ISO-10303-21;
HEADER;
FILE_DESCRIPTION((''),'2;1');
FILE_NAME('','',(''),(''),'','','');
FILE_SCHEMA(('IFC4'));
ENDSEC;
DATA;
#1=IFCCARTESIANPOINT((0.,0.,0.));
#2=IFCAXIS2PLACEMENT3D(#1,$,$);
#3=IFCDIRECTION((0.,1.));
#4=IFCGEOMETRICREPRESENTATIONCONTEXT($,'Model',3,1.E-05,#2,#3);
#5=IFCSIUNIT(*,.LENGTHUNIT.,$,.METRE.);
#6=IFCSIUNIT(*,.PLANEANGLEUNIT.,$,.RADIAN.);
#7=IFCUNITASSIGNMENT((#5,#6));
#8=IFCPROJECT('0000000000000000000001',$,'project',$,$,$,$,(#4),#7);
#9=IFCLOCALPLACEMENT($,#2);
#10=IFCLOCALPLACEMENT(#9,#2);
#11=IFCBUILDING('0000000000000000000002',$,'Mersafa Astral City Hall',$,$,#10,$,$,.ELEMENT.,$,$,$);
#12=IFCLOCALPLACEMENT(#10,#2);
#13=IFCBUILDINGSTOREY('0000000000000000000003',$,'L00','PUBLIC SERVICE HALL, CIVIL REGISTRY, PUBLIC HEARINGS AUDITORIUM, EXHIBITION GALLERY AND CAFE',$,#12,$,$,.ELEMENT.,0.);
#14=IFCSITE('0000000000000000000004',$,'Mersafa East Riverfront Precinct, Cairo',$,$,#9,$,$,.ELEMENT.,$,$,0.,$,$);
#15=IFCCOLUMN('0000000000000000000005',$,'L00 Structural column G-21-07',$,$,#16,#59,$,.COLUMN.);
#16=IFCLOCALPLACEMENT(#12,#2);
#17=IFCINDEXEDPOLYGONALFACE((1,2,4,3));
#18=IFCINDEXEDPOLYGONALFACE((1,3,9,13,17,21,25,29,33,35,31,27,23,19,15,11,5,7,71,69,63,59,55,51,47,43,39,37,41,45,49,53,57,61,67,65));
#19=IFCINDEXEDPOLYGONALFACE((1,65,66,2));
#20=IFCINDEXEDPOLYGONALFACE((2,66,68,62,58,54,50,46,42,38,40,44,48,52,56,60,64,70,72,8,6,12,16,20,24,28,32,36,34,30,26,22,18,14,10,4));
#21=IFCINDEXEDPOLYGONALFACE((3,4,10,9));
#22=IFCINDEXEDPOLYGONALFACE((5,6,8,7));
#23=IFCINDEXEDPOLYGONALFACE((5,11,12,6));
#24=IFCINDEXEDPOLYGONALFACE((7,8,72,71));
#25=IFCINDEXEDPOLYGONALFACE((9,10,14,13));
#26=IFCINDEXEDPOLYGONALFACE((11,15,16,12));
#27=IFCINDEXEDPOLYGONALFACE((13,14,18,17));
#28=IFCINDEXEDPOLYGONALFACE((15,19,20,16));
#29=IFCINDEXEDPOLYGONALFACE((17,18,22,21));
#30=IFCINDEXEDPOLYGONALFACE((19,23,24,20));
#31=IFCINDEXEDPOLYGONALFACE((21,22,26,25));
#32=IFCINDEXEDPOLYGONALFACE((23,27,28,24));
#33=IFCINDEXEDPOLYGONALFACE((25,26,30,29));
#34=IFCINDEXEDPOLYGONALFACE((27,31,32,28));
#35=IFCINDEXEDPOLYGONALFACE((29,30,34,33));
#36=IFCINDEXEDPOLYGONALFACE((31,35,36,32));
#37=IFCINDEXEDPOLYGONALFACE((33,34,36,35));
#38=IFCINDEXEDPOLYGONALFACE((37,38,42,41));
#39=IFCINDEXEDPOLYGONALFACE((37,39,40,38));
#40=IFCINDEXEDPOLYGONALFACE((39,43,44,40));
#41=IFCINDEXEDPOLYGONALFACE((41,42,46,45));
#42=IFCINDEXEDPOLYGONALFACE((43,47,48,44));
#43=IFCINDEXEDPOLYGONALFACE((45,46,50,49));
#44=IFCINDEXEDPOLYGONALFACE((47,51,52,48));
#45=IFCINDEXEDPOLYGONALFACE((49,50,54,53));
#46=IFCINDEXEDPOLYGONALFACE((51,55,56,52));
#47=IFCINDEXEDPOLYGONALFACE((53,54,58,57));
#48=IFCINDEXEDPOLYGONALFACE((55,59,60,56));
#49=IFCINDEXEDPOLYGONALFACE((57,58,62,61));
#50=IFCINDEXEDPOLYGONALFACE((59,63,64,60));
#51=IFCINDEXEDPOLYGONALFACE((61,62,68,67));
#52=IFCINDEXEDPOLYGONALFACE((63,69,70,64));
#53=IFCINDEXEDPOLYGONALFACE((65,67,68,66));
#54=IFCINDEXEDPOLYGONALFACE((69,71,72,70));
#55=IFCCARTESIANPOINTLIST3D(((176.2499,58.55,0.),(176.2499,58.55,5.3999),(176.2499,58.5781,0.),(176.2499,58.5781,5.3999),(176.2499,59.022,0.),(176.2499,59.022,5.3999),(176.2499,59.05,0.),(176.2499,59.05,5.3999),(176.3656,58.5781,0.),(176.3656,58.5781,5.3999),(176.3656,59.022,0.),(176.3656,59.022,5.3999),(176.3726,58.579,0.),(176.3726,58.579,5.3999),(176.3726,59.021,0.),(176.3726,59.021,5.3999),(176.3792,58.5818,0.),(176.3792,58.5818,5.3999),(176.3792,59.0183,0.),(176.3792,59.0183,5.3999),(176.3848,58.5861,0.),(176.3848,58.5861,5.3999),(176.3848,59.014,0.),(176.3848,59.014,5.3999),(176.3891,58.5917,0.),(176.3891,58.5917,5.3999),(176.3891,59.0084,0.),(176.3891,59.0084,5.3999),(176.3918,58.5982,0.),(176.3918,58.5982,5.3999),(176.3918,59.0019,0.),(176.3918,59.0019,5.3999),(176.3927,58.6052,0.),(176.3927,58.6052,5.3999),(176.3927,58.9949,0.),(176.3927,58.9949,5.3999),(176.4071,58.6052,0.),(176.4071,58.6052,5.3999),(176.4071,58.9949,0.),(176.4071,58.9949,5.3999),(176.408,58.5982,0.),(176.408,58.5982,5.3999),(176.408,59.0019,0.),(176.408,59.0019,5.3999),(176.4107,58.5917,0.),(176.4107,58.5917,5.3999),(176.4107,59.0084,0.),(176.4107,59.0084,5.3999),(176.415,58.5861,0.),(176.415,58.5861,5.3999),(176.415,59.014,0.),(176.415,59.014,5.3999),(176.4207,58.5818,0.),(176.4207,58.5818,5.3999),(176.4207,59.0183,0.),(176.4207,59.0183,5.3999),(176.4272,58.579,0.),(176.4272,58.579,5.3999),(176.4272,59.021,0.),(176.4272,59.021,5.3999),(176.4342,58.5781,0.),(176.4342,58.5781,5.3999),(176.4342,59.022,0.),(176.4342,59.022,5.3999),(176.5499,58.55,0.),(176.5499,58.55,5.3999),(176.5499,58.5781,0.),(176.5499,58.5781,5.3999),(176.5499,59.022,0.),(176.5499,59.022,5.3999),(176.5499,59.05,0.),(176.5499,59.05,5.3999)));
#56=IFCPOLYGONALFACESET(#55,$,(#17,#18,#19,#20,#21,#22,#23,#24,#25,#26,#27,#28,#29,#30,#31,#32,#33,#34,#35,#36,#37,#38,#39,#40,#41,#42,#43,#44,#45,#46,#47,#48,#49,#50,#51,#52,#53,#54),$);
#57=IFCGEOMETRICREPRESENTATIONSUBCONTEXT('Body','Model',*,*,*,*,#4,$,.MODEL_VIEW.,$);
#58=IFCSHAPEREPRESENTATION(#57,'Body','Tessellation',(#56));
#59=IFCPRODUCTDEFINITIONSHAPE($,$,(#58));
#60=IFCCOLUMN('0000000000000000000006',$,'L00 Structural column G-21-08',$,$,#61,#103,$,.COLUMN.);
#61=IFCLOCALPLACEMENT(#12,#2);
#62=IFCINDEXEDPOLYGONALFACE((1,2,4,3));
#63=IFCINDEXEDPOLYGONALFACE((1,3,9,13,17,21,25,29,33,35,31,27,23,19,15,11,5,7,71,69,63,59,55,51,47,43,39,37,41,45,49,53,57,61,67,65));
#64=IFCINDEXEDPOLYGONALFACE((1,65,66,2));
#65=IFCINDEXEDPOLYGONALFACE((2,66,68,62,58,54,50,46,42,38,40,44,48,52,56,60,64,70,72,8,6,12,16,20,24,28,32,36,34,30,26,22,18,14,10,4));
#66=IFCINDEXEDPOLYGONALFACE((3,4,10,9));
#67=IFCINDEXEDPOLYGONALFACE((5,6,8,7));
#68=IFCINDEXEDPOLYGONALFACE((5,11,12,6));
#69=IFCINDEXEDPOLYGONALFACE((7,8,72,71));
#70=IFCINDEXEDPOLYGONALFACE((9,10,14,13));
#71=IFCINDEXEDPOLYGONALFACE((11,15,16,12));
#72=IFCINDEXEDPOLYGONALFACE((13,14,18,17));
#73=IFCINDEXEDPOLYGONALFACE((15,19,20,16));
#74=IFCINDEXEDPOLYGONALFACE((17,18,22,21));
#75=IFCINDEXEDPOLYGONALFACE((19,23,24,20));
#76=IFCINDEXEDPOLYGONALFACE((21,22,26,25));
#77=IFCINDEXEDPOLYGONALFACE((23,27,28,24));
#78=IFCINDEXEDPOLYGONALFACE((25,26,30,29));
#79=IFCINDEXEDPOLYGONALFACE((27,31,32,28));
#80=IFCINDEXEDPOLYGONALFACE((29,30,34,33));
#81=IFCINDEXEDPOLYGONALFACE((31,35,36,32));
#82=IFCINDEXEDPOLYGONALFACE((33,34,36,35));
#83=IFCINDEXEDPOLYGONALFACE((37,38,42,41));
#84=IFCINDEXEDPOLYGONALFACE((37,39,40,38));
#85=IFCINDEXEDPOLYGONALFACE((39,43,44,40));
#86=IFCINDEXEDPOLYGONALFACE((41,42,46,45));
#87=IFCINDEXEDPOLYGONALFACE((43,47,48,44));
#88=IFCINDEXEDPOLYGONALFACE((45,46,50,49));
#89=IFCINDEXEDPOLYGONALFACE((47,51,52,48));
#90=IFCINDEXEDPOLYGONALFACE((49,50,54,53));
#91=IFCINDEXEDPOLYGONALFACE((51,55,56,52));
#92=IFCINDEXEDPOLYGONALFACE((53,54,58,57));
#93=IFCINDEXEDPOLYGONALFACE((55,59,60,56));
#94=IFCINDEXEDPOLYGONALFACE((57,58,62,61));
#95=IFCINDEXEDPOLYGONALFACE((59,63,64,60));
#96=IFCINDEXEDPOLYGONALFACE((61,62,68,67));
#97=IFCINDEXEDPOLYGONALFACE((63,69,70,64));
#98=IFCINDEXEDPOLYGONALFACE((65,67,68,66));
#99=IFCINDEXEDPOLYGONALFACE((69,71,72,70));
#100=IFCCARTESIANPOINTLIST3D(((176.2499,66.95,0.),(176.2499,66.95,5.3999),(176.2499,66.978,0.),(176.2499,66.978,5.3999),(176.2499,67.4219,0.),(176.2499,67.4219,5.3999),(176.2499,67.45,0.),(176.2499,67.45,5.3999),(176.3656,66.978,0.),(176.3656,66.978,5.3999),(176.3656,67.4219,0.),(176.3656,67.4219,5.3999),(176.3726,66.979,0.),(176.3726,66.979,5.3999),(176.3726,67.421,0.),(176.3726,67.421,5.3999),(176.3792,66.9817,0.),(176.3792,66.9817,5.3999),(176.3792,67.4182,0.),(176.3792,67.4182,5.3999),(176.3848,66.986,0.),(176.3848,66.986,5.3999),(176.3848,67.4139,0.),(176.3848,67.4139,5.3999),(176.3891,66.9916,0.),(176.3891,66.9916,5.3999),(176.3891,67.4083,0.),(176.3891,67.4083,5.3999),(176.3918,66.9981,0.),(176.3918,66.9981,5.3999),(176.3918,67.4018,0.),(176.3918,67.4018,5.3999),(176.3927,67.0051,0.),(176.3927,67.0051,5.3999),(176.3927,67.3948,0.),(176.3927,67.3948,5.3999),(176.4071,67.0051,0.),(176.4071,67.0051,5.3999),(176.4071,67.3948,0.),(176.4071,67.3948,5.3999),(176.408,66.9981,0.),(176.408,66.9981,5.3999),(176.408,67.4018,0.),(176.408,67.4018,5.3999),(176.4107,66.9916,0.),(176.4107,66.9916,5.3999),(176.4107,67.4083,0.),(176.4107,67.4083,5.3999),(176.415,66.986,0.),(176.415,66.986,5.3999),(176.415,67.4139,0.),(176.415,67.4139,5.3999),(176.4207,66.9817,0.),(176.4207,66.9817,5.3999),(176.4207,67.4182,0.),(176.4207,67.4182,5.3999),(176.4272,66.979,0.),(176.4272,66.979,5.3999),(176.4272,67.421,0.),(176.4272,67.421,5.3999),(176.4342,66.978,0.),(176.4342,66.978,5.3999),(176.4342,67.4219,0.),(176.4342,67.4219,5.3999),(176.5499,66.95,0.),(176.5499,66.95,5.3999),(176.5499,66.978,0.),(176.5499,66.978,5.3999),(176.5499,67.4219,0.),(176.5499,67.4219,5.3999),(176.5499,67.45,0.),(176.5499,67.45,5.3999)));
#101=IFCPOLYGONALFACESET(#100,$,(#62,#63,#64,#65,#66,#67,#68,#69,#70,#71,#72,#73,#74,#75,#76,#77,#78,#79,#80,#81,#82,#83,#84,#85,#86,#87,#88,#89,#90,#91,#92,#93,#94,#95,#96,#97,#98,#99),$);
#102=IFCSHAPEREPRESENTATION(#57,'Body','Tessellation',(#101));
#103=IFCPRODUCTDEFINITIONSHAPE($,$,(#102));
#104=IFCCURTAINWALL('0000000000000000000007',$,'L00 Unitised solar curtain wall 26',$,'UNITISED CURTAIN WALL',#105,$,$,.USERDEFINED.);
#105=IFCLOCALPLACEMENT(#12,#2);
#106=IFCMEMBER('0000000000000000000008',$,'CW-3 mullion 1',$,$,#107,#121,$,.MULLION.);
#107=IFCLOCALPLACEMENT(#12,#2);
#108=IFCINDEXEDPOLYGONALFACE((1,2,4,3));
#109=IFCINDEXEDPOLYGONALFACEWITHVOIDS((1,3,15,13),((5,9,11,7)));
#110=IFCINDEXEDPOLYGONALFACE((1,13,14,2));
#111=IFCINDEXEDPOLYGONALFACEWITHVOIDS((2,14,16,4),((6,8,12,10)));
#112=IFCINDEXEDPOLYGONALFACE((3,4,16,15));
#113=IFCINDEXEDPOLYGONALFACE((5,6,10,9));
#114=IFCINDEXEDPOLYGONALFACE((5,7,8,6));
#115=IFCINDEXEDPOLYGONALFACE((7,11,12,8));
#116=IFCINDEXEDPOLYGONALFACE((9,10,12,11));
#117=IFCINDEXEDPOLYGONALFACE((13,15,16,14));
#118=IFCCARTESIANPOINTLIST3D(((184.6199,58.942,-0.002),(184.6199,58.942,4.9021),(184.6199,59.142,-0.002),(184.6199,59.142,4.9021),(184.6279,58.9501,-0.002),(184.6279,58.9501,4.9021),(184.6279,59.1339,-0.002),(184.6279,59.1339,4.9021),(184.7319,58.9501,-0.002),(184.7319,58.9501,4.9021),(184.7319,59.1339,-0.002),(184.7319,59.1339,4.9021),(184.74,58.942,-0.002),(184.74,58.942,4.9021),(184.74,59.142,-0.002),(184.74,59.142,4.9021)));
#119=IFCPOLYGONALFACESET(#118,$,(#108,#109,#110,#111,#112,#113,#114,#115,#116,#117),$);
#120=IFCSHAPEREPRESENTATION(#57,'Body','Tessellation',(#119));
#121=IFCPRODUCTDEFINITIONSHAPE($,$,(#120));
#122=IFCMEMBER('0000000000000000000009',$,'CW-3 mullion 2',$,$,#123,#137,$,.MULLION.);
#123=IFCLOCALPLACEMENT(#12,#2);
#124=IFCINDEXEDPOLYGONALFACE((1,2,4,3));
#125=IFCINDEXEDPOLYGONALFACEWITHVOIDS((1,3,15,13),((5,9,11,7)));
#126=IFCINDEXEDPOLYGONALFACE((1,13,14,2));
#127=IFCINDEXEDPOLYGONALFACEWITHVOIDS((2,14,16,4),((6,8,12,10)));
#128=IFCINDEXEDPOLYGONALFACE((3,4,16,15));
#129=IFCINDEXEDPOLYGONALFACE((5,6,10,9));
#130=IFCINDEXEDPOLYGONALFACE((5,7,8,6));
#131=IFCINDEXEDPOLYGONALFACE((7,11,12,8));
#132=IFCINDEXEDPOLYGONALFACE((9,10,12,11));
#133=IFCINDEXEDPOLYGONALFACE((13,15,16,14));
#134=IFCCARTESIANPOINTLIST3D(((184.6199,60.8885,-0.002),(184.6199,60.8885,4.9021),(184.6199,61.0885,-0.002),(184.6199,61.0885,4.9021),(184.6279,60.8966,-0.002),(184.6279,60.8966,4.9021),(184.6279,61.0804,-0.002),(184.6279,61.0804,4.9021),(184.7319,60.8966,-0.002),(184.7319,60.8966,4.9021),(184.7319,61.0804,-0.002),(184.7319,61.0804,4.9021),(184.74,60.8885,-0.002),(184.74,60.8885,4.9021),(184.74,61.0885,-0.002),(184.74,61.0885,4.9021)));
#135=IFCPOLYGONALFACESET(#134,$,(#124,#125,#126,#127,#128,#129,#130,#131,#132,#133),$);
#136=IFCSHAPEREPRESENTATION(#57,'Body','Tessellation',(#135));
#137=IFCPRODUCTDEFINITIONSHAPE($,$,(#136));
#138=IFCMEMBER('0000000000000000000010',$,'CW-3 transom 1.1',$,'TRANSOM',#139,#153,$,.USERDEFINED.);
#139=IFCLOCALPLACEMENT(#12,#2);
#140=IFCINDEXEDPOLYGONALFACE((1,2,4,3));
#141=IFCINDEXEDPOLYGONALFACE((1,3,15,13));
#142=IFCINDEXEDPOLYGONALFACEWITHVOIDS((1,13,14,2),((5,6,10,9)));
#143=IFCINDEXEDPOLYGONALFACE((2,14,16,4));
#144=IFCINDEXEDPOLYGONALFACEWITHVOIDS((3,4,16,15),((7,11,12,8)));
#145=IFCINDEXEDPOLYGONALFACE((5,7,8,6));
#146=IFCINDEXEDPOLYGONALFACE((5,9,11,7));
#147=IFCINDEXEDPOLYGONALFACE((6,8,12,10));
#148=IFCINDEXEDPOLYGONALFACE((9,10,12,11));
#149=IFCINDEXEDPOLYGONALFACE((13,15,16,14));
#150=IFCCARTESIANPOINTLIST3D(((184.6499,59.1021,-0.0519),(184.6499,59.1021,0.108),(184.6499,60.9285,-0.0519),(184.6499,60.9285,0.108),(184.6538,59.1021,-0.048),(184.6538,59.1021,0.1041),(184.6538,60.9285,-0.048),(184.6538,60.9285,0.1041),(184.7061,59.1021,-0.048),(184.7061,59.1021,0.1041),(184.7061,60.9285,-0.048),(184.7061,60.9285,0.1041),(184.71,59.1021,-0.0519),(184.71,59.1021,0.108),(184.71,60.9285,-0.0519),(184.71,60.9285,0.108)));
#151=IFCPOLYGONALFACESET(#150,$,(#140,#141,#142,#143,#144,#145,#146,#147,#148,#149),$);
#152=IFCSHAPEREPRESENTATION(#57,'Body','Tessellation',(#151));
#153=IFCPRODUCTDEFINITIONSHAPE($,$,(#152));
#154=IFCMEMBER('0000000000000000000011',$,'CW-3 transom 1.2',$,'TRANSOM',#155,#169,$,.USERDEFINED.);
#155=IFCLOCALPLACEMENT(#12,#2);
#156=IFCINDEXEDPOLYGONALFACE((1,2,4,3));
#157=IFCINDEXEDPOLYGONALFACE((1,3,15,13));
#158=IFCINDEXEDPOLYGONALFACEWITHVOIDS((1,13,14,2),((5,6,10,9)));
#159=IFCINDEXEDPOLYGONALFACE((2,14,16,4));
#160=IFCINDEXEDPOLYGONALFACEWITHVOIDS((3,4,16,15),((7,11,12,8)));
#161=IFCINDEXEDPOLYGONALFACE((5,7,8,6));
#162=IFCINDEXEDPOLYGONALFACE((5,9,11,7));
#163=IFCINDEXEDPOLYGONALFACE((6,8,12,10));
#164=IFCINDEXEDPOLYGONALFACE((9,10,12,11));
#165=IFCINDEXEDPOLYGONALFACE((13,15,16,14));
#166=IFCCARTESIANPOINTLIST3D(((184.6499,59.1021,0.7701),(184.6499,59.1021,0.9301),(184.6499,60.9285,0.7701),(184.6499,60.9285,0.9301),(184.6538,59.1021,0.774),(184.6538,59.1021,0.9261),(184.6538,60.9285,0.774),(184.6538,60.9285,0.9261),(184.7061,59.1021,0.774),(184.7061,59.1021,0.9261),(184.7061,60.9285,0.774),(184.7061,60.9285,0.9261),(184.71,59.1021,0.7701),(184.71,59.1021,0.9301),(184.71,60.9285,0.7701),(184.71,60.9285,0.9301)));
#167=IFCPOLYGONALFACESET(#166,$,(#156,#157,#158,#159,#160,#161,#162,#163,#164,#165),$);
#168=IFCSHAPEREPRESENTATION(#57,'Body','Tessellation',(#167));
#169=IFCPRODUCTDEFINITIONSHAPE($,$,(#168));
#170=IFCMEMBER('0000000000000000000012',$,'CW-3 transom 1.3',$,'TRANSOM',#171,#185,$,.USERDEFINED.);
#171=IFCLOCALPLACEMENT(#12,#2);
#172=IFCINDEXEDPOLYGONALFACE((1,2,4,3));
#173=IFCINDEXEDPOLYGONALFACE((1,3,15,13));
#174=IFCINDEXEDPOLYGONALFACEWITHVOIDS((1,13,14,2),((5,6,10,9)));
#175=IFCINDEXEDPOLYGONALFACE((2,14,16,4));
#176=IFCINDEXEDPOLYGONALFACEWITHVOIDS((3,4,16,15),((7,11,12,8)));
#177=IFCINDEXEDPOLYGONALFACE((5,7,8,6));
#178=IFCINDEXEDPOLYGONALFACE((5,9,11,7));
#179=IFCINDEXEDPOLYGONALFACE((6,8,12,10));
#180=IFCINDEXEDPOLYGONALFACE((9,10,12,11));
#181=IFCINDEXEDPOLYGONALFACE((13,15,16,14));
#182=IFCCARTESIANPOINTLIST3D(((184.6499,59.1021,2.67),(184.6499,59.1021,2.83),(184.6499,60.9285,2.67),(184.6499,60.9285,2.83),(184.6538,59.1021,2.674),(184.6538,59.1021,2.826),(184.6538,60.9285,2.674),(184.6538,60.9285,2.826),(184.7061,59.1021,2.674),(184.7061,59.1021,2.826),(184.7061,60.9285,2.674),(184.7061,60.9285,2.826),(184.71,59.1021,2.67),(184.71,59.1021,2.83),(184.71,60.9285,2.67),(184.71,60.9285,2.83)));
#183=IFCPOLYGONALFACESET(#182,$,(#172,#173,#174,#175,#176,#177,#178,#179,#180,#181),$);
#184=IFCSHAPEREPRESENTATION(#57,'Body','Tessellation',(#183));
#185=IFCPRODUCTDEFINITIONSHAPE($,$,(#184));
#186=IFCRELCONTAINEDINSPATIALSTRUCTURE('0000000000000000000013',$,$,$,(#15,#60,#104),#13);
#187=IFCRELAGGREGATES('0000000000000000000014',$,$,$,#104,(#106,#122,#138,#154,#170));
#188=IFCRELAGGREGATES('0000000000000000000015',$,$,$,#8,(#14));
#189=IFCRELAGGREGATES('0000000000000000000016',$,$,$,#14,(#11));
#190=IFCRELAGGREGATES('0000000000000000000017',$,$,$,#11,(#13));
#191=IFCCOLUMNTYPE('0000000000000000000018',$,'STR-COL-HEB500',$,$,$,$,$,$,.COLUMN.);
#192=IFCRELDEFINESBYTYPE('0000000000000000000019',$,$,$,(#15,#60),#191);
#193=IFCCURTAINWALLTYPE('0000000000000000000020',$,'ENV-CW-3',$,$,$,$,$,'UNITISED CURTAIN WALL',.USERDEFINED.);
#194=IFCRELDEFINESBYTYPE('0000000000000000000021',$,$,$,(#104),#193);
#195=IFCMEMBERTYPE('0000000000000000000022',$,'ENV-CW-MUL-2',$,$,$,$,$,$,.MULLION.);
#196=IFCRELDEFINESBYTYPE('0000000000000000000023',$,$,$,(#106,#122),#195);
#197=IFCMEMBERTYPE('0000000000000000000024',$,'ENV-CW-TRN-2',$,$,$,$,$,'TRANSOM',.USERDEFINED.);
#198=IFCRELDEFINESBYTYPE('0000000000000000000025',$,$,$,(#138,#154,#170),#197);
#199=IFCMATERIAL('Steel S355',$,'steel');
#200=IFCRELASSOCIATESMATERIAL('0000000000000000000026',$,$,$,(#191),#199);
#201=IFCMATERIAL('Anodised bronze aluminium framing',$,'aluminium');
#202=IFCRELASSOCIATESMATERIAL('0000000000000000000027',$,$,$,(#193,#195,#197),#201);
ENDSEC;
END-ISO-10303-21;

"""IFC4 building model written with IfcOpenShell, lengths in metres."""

from ifc_helpers import new_model, si_unit, direction, frame, origin, origin_2d, place, context, subcontext, project, spatial, hollow_rectangle, i_section, extrude, material, material_profile, profile_set, type_object, element, aggregate, save


model = new_model("IFC4")

# Units and contexts
model_context = context("Model", 3, precision=1e-05, world=origin(), true_north=direction((0.0, 1.0)))
body_context = subcontext(model_context, "Body", "Model", "MODEL_VIEW")
ifc_project = project(units=[si_unit("LENGTHUNIT", "METRE"), si_unit("PLANEANGLEUNIT", "RADIAN")], contexts=[model_context])

# Site, building, storey
site_placement = place(None, origin())
site = spatial("IfcSite", under=ifc_project, at=site_placement, Name="Mersafa East Riverfront Precinct, Cairo", CompositionType="ELEMENT", RefElevation=0.0)
building_placement = place(site_placement, origin())
building = spatial("IfcBuilding", under=site, at=building_placement, Name="Mersafa Astral City Hall", CompositionType="ELEMENT")
storey_placement = place(building_placement, origin())
storey = spatial("IfcBuildingStorey", under=building, at=storey_placement, Name="L00", Description="PUBLIC SERVICE HALL, CIVIL REGISTRY, PUBLIC HEARINGS AUDITORIUM, EXHIBITION GALLERY AND CAFE", CompositionType="ELEMENT", Elevation=0.0)

# Columns
ifc_material_1 = material(Name="Steel S355", Category="steel")
ifc_material_profile_1 = material_profile(ifc_material_1, i_section(OverallWidth=0.3, OverallDepth=0.5, WebThickness=0.0144, FlangeThickness=0.0281, FilletRadius=0.0271, at=origin_2d()), Name="HEB 500")
ifc_profile_set_1 = profile_set([ifc_material_profile_1], Name="Steel S355")
column_type = type_object("IfcColumnType", Name="STR-COL-HEB500", PredefinedType="COLUMN", material=ifc_profile_set_1)
for number, where, z_axis, x_axis, name in (
    (1, (176.3999, 58.8, 0.0), (0.0, 0.0, 1.0), (1.0, 0.0, 0.0), "L00 Structural column G-21-07"),
    (2, (176.3999, 67.2, 0.0), (0.0, 0.0, 1.0), (1.0, 0.0, 0.0), "L00 Structural column G-21-08"),
):
    element("IfcColumn", number, at=place(storey_placement, frame(where, z_axis=z_axis, x_axis=x_axis)), inside=storey, type_object=column_type, Name=name, PredefinedType="COLUMN", context=body_context, shape_type="SweptSolid", body=[
        extrude(i_section(OverallWidth=0.3, OverallDepth=0.5, WebThickness=0.0144, FlangeThickness=0.0281, FilletRadius=0.0271, at=origin_2d()), origin(), (0.0, 0.0, 1.0), 5.3999),
    ])

# Curtain wall, members
ifc_material_2 = material(Name="Anodised bronze aluminium framing", Category="aluminium")
curtain_wall_type = type_object("IfcCurtainWallType", Name="ENV-CW-3", ElementType="UNITISED CURTAIN WALL", PredefinedType="USERDEFINED", material=ifc_material_2)
curtain_wall_placement = place(storey_placement, origin())
curtain_wall = element("IfcCurtainWall", 3, at=curtain_wall_placement, inside=storey, type_object=curtain_wall_type, Name="L00 Unitised solar curtain wall 26", ObjectType="UNITISED CURTAIN WALL", PredefinedType="USERDEFINED")
ifc_material_profile_2 = material_profile(ifc_material_2, hollow_rectangle(XDim=0.1201, YDim=0.2, WallThickness=0.0081, at=origin_2d()), Name="RHS 120x200x8")
ifc_profile_set_2 = profile_set([ifc_material_profile_2], Name="Anodised bronze aluminium framing")
member_type_1 = type_object("IfcMemberType", Name="ENV-CW-MUL-2", PredefinedType="MULLION", material=ifc_profile_set_2)
member_1_placement = place(storey_placement, frame((184.6799, 59.042, -0.002), z_axis=(0.0, 0.0, 1.0), x_axis=(-1.0, 0.0, 0.0)))
member_1 = element("IfcMember", 4, at=member_1_placement, type_object=member_type_1, Name="CW-3 mullion 1", PredefinedType="MULLION", context=body_context, shape_type="SweptSolid", body=[
    extrude(hollow_rectangle(XDim=0.1201, YDim=0.2, WallThickness=0.0081, at=origin_2d()), origin(), (0.0, 0.0, 1.0), 4.9041),
])
member_2_placement = place(storey_placement, frame((184.6799, 60.9885, -0.002), z_axis=(0.0, 0.0, 1.0), x_axis=(-1.0, 0.0, 0.0)))
member_2 = element("IfcMember", 5, at=member_2_placement, type_object=member_type_1, Name="CW-3 mullion 2", PredefinedType="MULLION", context=body_context, shape_type="SweptSolid", body=[
    extrude(hollow_rectangle(XDim=0.1201, YDim=0.2, WallThickness=0.0081, at=origin_2d()), origin(), (0.0, 0.0, 1.0), 4.9041),
])
ifc_material_profile_3 = material_profile(ifc_material_2, hollow_rectangle(XDim=0.0601, YDim=0.1599, WallThickness=0.0039, at=origin_2d()), Name="RHS 60x160x4")
ifc_profile_set_3 = profile_set([ifc_material_profile_3], Name="Anodised bronze aluminium framing")
member_type_2 = type_object("IfcMemberType", Name="ENV-CW-TRN-2", ElementType="TRANSOM", PredefinedType="USERDEFINED", material=ifc_profile_set_3)
member_3_placement = place(storey_placement, frame((184.6799, 59.1021, 0.0281), z_axis=(0.0, 1.0, 0.0), x_axis=(-1.0, 0.0, 0.0)))
member_3 = element("IfcMember", 6, at=member_3_placement, type_object=member_type_2, Name="CW-3 transom 1.1", ObjectType="TRANSOM", PredefinedType="USERDEFINED", context=body_context, shape_type="SweptSolid", body=[
    extrude(hollow_rectangle(XDim=0.0601, YDim=0.1599, WallThickness=0.0039, at=origin_2d()), origin(), (0.0, 0.0, 1.0), 1.8264),
])
member_4_placement = place(storey_placement, frame((184.6799, 59.1021, 0.8501), z_axis=(0.0, 1.0, 0.0), x_axis=(-1.0, 0.0, 0.0)))
member_4 = element("IfcMember", 7, at=member_4_placement, type_object=member_type_2, Name="CW-3 transom 1.2", ObjectType="TRANSOM", PredefinedType="USERDEFINED", context=body_context, shape_type="SweptSolid", body=[
    extrude(hollow_rectangle(XDim=0.0601, YDim=0.1599, WallThickness=0.0039, at=origin_2d()), origin(), (0.0, 0.0, 1.0), 1.8264),
])
member_5_placement = place(storey_placement, frame((184.6799, 59.1021, 2.75), z_axis=(0.0, 1.0, 0.0), x_axis=(-1.0, 0.0, 0.0)))
member_5 = element("IfcMember", 8, at=member_5_placement, type_object=member_type_2, Name="CW-3 transom 1.3", ObjectType="TRANSOM", PredefinedType="USERDEFINED", context=body_context, shape_type="SweptSolid", body=[
    extrude(hollow_rectangle(XDim=0.0601, YDim=0.1599, WallThickness=0.0039, at=origin_2d()), origin(), (0.0, 0.0, 1.0), 1.8264),
])

aggregate(curtain_wall, [member_1, member_2, member_3, member_4, member_5])

save(model, "model.ifc")
